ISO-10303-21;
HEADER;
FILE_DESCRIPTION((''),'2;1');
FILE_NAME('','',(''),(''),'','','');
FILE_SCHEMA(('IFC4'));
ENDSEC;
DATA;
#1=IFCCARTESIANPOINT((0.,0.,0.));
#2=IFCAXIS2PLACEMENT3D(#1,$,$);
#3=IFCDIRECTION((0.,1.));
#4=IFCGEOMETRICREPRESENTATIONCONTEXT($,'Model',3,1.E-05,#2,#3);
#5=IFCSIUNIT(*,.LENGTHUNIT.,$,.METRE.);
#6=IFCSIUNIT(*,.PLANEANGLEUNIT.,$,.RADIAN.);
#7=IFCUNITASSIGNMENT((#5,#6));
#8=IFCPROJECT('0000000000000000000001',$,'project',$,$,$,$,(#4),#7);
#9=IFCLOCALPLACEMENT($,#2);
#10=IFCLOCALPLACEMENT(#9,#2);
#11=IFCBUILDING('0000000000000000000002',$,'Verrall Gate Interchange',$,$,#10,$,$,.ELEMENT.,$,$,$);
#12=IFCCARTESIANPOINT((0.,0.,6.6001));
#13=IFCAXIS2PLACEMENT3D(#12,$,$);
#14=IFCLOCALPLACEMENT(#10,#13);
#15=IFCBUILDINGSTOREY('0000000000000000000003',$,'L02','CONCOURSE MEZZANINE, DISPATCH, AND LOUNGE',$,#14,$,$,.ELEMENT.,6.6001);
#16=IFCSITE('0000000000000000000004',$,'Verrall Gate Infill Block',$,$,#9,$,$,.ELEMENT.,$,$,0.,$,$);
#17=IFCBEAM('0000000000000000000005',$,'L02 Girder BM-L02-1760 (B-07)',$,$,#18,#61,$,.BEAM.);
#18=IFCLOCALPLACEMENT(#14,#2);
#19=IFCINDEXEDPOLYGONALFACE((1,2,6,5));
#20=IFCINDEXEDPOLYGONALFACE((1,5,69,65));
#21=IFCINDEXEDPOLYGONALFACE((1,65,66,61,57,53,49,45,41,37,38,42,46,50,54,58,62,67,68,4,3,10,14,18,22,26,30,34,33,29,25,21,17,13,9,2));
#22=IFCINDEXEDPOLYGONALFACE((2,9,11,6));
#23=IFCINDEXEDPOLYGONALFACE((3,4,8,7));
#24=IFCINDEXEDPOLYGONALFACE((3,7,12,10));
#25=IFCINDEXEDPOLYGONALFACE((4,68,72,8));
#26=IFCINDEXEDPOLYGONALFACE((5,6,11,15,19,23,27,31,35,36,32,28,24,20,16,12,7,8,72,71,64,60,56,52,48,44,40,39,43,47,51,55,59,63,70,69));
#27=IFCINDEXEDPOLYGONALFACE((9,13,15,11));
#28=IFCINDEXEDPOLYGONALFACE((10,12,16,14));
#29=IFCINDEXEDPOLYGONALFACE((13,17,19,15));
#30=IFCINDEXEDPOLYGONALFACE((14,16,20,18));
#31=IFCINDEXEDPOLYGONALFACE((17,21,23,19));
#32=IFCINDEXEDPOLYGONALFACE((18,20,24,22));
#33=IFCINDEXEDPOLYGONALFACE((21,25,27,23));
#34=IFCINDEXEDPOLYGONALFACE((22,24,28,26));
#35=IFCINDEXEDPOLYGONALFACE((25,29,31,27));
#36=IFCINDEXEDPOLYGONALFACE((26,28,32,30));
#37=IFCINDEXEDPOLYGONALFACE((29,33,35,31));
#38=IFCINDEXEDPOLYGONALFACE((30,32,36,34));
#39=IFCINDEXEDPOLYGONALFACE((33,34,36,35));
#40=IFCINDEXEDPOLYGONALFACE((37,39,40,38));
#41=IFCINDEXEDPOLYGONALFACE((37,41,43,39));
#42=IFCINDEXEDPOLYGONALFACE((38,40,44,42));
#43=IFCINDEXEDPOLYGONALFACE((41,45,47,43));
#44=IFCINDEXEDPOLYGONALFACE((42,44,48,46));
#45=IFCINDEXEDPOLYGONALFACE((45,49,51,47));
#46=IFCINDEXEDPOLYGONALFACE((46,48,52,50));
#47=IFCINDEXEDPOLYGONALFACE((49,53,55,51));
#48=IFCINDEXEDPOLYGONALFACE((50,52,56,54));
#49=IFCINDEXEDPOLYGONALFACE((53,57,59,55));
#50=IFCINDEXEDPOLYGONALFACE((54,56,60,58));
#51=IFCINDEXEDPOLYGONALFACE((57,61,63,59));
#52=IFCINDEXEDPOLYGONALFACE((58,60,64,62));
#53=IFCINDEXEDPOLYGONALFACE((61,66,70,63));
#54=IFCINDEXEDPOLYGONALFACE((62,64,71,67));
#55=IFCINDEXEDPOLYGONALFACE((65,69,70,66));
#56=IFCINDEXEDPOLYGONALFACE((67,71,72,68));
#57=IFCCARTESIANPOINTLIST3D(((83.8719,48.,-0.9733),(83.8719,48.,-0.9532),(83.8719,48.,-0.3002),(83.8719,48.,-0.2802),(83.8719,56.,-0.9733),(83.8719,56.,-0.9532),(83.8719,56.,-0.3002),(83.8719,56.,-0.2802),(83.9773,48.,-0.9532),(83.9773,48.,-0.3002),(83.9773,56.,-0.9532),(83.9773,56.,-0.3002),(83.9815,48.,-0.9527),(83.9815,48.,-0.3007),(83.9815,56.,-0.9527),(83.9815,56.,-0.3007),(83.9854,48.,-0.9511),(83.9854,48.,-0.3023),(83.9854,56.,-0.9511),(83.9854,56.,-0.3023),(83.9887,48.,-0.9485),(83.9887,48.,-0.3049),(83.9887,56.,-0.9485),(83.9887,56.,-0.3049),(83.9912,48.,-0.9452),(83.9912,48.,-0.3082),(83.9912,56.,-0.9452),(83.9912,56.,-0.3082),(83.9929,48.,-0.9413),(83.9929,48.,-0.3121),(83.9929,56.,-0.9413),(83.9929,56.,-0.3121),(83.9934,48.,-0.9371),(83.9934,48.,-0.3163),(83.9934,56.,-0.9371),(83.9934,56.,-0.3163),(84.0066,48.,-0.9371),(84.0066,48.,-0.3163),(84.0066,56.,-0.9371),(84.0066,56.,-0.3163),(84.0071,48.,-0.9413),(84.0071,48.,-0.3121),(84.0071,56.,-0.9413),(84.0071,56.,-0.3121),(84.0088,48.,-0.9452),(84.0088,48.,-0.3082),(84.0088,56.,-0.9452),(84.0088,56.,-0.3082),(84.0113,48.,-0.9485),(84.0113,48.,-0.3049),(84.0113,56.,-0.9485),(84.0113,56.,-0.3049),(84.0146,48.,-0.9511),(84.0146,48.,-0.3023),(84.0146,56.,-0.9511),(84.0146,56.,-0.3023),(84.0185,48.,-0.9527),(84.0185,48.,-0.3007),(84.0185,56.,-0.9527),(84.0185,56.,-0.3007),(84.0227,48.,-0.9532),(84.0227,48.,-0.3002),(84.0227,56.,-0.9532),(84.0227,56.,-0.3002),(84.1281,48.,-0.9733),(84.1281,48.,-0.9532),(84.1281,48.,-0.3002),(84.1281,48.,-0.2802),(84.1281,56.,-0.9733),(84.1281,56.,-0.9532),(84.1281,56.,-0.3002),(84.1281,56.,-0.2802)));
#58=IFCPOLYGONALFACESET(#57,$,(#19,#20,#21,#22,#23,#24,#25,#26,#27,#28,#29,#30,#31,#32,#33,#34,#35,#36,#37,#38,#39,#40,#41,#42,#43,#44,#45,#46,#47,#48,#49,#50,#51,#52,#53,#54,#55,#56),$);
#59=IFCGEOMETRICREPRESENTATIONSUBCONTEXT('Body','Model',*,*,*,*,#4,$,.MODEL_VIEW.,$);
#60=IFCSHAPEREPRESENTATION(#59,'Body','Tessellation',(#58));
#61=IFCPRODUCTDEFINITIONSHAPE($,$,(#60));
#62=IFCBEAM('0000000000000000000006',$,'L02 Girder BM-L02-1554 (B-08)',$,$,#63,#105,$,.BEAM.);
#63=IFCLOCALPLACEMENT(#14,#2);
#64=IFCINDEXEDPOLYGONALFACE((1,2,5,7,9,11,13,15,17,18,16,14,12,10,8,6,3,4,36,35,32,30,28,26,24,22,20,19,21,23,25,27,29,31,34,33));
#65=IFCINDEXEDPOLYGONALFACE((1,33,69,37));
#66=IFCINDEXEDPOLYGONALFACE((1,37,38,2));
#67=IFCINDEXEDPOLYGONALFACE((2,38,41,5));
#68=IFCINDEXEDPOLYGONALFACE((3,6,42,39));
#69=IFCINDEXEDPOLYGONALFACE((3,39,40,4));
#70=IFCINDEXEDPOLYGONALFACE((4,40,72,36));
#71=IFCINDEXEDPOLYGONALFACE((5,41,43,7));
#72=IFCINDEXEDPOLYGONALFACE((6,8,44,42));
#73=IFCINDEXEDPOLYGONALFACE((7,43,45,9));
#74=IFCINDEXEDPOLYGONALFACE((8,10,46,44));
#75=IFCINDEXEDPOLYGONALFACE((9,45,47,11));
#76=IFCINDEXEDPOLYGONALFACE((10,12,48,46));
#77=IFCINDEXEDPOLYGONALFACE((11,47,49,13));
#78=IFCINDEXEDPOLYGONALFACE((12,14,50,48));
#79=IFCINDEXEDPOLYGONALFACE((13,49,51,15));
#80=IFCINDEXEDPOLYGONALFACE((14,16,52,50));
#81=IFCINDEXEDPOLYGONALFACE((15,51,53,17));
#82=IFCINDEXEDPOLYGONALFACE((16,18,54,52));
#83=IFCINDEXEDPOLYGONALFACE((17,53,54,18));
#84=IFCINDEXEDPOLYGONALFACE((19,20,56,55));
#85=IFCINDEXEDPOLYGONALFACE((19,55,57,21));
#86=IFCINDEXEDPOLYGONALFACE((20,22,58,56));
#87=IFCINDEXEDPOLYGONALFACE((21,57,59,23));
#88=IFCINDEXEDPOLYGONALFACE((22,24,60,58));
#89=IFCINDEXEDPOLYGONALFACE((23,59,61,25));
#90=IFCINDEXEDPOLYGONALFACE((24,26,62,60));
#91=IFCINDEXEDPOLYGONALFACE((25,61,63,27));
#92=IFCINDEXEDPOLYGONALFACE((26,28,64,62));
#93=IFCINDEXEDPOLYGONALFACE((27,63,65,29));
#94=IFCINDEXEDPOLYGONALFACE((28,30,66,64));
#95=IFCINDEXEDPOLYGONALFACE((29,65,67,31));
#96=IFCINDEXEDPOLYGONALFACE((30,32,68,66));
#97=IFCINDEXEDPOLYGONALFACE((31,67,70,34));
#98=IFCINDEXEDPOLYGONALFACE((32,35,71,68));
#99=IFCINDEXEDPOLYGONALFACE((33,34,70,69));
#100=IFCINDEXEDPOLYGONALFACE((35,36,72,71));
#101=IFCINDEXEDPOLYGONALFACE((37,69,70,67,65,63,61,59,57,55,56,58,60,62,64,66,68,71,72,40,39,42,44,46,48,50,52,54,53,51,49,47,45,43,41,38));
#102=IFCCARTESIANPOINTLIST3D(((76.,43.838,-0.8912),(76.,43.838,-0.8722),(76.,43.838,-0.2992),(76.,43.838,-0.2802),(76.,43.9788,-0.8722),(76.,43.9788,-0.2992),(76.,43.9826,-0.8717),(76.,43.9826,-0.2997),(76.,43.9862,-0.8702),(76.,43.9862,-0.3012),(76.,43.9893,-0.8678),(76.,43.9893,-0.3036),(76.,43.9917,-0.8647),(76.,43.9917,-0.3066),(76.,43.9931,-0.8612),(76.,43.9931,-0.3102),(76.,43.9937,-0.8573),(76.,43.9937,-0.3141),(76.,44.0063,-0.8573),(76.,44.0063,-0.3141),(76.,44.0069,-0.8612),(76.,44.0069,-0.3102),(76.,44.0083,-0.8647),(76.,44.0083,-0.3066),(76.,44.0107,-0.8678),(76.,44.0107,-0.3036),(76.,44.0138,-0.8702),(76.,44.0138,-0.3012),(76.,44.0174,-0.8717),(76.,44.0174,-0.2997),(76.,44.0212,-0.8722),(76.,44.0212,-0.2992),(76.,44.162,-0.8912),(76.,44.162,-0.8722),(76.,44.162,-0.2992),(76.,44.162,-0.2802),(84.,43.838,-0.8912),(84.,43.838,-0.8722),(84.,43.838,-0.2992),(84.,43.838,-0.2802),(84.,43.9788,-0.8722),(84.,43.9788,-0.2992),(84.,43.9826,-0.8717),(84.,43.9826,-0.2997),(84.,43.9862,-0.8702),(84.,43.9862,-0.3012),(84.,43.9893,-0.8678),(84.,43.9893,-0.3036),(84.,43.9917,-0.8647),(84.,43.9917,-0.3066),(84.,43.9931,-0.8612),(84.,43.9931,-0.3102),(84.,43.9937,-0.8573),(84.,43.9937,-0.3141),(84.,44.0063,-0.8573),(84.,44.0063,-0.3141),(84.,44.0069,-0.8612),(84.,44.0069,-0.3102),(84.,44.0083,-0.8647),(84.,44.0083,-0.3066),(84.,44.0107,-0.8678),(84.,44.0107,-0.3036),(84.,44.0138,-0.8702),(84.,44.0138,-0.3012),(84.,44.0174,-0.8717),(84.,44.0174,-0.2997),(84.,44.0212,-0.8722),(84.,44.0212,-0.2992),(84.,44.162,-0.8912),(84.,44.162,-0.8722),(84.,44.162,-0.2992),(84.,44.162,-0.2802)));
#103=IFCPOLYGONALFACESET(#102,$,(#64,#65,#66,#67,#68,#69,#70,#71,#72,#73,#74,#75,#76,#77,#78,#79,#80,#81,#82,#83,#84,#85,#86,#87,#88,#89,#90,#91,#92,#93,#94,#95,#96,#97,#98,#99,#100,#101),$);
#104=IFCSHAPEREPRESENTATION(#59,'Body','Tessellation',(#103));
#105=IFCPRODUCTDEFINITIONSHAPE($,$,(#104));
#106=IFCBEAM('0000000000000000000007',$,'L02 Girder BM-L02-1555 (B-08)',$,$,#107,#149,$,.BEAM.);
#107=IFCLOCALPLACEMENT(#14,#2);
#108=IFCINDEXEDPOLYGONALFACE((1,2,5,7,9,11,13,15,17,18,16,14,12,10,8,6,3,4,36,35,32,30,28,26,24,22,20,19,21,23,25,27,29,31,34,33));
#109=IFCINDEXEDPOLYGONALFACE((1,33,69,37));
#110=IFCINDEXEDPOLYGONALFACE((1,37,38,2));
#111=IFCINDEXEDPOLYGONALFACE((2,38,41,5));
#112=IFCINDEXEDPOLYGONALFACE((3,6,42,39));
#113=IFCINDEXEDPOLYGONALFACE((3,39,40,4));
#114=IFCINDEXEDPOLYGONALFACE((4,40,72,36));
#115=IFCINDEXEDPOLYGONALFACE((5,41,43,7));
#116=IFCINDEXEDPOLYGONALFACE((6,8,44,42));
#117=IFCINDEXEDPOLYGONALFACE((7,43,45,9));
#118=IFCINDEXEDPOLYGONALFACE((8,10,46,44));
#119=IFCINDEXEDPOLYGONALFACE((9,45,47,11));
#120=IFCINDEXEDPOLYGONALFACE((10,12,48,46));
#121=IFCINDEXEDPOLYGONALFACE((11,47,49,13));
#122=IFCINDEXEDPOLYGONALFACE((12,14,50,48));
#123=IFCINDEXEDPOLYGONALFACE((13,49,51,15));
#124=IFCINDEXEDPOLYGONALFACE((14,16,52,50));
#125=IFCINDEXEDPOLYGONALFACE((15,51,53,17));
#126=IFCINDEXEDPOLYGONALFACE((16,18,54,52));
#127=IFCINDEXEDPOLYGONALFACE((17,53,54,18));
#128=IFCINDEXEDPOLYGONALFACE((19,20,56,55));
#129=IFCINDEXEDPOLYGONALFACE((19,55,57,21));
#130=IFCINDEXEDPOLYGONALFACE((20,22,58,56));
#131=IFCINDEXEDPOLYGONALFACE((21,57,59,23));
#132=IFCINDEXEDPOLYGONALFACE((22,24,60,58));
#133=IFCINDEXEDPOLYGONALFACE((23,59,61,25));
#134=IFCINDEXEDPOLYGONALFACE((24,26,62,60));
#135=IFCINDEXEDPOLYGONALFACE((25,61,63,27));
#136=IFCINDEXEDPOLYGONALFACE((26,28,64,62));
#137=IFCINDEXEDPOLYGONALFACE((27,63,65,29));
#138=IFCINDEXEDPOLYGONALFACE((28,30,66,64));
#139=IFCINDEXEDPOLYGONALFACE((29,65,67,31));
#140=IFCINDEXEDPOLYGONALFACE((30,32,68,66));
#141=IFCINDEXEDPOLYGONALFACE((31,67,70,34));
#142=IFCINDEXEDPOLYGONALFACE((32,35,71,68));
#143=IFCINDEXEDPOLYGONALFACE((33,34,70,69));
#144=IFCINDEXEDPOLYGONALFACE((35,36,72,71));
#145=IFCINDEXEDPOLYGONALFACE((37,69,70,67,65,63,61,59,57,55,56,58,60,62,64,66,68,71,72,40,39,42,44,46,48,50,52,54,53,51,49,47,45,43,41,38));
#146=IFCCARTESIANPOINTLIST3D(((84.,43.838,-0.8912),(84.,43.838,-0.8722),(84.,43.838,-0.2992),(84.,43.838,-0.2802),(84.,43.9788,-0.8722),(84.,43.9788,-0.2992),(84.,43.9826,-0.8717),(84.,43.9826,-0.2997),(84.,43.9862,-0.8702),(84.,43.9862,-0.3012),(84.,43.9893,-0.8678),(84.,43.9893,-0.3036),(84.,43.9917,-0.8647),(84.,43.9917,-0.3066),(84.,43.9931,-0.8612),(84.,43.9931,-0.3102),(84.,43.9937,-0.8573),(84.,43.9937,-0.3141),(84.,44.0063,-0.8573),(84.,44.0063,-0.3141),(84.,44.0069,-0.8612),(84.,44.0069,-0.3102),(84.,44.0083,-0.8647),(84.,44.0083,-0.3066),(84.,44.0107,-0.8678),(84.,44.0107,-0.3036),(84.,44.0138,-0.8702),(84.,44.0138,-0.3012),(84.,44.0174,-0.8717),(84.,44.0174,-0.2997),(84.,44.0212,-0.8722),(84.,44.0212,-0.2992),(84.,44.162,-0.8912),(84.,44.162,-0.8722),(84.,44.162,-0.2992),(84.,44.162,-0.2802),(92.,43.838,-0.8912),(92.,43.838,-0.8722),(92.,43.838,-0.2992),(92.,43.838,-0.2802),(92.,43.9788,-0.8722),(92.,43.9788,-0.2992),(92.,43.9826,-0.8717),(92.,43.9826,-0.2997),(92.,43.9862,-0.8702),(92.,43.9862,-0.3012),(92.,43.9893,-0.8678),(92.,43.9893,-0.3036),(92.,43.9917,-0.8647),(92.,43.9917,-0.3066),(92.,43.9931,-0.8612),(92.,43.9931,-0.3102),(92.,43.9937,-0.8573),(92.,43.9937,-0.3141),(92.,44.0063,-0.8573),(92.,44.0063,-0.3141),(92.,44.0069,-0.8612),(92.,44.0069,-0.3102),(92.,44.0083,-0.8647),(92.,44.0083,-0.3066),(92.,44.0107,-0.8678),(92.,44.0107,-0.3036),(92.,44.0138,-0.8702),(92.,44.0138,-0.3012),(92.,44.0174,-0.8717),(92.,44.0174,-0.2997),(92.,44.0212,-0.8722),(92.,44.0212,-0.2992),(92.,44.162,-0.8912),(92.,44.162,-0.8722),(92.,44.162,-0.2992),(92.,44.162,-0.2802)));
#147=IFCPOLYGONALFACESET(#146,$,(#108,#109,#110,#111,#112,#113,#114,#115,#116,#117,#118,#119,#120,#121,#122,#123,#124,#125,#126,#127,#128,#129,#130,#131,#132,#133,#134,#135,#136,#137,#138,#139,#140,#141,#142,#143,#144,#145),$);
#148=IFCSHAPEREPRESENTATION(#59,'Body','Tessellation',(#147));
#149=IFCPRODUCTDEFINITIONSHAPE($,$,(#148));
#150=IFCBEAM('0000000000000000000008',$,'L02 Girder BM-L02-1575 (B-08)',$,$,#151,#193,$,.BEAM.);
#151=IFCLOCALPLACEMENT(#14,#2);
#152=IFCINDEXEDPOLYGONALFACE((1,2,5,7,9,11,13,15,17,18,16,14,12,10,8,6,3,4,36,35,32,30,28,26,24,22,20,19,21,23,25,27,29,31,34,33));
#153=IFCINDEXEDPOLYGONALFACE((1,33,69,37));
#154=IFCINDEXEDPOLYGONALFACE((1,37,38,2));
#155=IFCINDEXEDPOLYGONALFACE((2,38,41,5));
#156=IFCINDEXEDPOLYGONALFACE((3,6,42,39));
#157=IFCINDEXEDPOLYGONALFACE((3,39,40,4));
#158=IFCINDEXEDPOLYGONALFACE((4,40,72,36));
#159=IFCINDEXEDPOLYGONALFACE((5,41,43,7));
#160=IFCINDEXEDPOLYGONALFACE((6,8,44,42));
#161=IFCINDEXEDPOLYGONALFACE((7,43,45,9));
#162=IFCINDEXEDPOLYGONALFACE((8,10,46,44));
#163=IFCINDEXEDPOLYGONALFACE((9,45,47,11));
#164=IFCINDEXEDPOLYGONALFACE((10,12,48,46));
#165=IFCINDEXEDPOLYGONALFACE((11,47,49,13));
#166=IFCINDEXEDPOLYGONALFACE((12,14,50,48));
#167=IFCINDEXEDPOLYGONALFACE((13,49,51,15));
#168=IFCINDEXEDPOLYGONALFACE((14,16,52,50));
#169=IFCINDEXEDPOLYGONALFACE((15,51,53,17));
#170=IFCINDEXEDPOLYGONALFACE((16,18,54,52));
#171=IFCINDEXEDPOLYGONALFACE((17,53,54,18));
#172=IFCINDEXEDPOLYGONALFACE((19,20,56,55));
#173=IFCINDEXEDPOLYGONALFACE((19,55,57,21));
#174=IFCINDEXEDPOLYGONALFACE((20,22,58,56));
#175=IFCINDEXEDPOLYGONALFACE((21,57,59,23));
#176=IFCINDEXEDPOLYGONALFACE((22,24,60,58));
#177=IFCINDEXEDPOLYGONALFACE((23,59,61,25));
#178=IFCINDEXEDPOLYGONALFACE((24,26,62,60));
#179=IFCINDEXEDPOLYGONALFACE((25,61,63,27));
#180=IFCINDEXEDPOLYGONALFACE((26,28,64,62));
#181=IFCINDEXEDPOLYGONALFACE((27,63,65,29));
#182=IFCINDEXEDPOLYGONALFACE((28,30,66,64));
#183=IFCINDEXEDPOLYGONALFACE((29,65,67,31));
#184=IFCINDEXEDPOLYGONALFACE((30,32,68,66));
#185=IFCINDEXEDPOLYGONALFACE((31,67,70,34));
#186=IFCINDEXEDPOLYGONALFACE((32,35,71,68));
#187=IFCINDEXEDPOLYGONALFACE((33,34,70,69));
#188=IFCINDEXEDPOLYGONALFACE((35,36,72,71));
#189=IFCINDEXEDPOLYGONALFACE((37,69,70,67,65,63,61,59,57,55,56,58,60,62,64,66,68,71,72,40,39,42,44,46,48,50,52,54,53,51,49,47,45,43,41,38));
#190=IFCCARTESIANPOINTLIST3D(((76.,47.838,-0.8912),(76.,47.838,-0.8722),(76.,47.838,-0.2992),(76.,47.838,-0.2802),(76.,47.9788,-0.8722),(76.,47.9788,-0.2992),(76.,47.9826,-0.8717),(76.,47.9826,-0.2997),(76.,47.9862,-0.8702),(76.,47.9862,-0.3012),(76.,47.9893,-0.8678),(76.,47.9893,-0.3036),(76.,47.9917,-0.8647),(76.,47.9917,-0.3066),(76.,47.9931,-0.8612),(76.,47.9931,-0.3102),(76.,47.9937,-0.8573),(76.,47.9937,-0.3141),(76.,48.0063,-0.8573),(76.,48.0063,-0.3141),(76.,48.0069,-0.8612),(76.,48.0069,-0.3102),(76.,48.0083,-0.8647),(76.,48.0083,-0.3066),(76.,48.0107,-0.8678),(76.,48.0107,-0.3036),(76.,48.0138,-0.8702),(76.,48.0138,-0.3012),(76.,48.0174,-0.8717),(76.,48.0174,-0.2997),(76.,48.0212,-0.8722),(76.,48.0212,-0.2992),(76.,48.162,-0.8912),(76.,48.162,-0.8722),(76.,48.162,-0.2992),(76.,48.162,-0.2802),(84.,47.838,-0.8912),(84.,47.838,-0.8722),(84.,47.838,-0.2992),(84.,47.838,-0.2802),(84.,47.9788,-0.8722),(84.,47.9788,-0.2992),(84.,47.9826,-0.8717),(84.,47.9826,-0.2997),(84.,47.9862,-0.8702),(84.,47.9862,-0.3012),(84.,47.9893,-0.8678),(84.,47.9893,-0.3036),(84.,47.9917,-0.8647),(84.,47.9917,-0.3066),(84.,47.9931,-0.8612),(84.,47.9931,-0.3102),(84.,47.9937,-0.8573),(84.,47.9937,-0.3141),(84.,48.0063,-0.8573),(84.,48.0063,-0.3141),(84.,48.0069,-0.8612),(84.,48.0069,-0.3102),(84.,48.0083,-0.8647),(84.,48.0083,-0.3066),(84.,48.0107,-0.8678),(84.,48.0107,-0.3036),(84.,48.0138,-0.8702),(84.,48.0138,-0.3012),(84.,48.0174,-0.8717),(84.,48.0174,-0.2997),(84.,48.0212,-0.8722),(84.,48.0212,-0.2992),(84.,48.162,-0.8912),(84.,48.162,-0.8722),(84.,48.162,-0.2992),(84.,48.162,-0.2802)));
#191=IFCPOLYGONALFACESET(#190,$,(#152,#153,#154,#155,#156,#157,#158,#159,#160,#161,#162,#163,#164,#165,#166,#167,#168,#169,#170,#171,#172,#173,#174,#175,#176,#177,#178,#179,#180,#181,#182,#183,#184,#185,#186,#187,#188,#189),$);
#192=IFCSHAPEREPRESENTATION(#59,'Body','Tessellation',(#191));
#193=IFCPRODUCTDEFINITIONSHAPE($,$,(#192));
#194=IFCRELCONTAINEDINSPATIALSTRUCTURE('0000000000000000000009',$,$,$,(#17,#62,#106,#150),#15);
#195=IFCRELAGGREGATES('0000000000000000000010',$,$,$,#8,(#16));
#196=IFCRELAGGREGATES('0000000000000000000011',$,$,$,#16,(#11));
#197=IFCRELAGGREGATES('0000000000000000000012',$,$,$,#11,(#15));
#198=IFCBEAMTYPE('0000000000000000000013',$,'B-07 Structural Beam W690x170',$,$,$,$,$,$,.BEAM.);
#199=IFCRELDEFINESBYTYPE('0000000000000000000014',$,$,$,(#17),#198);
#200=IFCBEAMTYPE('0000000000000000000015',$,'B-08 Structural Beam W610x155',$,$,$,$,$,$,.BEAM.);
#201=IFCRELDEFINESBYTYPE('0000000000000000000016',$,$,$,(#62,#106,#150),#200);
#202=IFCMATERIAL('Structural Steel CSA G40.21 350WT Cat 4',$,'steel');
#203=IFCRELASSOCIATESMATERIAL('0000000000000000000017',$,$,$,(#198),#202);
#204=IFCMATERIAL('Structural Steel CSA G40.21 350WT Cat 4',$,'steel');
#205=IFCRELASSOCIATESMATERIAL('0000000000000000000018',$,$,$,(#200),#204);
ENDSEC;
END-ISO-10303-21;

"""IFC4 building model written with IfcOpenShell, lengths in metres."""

from ifc_helpers import new_model, si_unit, direction, frame, origin, origin_2d, place, context, subcontext, project, spatial, i_section, extrude, material, material_profile, profile_set, type_object, element, save


model = new_model("IFC4")

# Units and contexts
model_context = context("Model", 3, precision=1e-05, world=origin(), true_north=direction((0.0, 1.0)))
body_context = subcontext(model_context, "Body", "Model", "MODEL_VIEW")
ifc_project = project(units=[si_unit("LENGTHUNIT", "METRE"), si_unit("PLANEANGLEUNIT", "RADIAN")], contexts=[model_context])

# Site, building, storey
site_placement = place(None, origin())
site = spatial("IfcSite", under=ifc_project, at=site_placement, Name="Verrall Gate Infill Block", CompositionType="ELEMENT", RefElevation=0.0)
building_placement = place(site_placement, origin())
building = spatial("IfcBuilding", under=site, at=building_placement, Name="Verrall Gate Interchange", CompositionType="ELEMENT")
storey_placement = place(building_placement, frame((0.0, 0.0, 6.6001)))
storey = spatial("IfcBuildingStorey", under=building, at=storey_placement, Name="L02", Description="CONCOURSE MEZZANINE, DISPATCH, AND LOUNGE", CompositionType="ELEMENT", Elevation=6.6001)

# Beams
ifc_material_1 = material(Name="Structural Steel CSA G40.21 350WT Cat 4", Category="steel")
ifc_material_profile_1 = material_profile(ifc_material_1, i_section(OverallWidth=0.2561, OverallDepth=0.6931, WebThickness=0.0132, FlangeThickness=0.02, FilletRadius=0.0161, at=origin_2d()), Name="W690x170")
ifc_profile_set_1 = profile_set([ifc_material_profile_1], Name="Structural Steel CSA G40.21 350WT Cat 4")
beam_type_1 = type_object("IfcBeamType", Name="B-07 Structural Beam W690x170", PredefinedType="BEAM", material=ifc_profile_set_1)
for number, where, z_axis, x_axis, name in (
    (1, (84.0, 48.0, -0.6267), (0.0, 1.0, 0.0), (-1.0, 0.0, 0.0), "L02 Girder BM-L02-1760 (B-07)"),
):
    element("IfcBeam", number, at=place(storey_placement, frame(where, z_axis=z_axis, x_axis=x_axis)), inside=storey, type_object=beam_type_1, Name=name, PredefinedType="BEAM", context=body_context, shape_type="SweptSolid", body=[
        extrude(i_section(OverallWidth=0.2561, OverallDepth=0.6931, WebThickness=0.0132, FlangeThickness=0.02, FilletRadius=0.0161, at=origin_2d()), origin(), (0.0, 0.0, 1.0), 8.0),
    ])
ifc_material_2 = material(Name="Structural Steel CSA G40.21 350WT Cat 4", Category="steel")
ifc_material_profile_2 = material_profile(ifc_material_2, i_section(OverallWidth=0.324, OverallDepth=0.6111, WebThickness=0.0127, FlangeThickness=0.019, FilletRadius=0.0149, at=origin_2d()), Name="W610x155")
ifc_profile_set_2 = profile_set([ifc_material_profile_2], Name="Structural Steel CSA G40.21 350WT Cat 4")
beam_type_2 = type_object("IfcBeamType", Name="B-08 Structural Beam W610x155", PredefinedType="BEAM", material=ifc_profile_set_2)
for number, where, z_axis, x_axis, name in (
    (2, (76.0, 44.0, -0.5857), (1.0, 0.0, 0.0), (0.0, 1.0, 0.0), "L02 Girder BM-L02-1554 (B-08)"),
    (3, (84.0, 44.0, -0.5857), (1.0, 0.0, 0.0), (0.0, 1.0, 0.0), "L02 Girder BM-L02-1555 (B-08)"),
    (4, (76.0, 48.0, -0.5857), (1.0, 0.0, 0.0), (0.0, 1.0, 0.0), "L02 Girder BM-L02-1575 (B-08)"),
):
    element("IfcBeam", number, at=place(storey_placement, frame(where, z_axis=z_axis, x_axis=x_axis)), inside=storey, type_object=beam_type_2, Name=name, PredefinedType="BEAM", context=body_context, shape_type="SweptSolid", body=[
        extrude(i_section(OverallWidth=0.324, OverallDepth=0.6111, WebThickness=0.0127, FlangeThickness=0.019, FilletRadius=0.0149, at=origin_2d()), origin(), (0.0, 0.0, 1.0), 8.0),
    ])

save(model, "model.ifc")
